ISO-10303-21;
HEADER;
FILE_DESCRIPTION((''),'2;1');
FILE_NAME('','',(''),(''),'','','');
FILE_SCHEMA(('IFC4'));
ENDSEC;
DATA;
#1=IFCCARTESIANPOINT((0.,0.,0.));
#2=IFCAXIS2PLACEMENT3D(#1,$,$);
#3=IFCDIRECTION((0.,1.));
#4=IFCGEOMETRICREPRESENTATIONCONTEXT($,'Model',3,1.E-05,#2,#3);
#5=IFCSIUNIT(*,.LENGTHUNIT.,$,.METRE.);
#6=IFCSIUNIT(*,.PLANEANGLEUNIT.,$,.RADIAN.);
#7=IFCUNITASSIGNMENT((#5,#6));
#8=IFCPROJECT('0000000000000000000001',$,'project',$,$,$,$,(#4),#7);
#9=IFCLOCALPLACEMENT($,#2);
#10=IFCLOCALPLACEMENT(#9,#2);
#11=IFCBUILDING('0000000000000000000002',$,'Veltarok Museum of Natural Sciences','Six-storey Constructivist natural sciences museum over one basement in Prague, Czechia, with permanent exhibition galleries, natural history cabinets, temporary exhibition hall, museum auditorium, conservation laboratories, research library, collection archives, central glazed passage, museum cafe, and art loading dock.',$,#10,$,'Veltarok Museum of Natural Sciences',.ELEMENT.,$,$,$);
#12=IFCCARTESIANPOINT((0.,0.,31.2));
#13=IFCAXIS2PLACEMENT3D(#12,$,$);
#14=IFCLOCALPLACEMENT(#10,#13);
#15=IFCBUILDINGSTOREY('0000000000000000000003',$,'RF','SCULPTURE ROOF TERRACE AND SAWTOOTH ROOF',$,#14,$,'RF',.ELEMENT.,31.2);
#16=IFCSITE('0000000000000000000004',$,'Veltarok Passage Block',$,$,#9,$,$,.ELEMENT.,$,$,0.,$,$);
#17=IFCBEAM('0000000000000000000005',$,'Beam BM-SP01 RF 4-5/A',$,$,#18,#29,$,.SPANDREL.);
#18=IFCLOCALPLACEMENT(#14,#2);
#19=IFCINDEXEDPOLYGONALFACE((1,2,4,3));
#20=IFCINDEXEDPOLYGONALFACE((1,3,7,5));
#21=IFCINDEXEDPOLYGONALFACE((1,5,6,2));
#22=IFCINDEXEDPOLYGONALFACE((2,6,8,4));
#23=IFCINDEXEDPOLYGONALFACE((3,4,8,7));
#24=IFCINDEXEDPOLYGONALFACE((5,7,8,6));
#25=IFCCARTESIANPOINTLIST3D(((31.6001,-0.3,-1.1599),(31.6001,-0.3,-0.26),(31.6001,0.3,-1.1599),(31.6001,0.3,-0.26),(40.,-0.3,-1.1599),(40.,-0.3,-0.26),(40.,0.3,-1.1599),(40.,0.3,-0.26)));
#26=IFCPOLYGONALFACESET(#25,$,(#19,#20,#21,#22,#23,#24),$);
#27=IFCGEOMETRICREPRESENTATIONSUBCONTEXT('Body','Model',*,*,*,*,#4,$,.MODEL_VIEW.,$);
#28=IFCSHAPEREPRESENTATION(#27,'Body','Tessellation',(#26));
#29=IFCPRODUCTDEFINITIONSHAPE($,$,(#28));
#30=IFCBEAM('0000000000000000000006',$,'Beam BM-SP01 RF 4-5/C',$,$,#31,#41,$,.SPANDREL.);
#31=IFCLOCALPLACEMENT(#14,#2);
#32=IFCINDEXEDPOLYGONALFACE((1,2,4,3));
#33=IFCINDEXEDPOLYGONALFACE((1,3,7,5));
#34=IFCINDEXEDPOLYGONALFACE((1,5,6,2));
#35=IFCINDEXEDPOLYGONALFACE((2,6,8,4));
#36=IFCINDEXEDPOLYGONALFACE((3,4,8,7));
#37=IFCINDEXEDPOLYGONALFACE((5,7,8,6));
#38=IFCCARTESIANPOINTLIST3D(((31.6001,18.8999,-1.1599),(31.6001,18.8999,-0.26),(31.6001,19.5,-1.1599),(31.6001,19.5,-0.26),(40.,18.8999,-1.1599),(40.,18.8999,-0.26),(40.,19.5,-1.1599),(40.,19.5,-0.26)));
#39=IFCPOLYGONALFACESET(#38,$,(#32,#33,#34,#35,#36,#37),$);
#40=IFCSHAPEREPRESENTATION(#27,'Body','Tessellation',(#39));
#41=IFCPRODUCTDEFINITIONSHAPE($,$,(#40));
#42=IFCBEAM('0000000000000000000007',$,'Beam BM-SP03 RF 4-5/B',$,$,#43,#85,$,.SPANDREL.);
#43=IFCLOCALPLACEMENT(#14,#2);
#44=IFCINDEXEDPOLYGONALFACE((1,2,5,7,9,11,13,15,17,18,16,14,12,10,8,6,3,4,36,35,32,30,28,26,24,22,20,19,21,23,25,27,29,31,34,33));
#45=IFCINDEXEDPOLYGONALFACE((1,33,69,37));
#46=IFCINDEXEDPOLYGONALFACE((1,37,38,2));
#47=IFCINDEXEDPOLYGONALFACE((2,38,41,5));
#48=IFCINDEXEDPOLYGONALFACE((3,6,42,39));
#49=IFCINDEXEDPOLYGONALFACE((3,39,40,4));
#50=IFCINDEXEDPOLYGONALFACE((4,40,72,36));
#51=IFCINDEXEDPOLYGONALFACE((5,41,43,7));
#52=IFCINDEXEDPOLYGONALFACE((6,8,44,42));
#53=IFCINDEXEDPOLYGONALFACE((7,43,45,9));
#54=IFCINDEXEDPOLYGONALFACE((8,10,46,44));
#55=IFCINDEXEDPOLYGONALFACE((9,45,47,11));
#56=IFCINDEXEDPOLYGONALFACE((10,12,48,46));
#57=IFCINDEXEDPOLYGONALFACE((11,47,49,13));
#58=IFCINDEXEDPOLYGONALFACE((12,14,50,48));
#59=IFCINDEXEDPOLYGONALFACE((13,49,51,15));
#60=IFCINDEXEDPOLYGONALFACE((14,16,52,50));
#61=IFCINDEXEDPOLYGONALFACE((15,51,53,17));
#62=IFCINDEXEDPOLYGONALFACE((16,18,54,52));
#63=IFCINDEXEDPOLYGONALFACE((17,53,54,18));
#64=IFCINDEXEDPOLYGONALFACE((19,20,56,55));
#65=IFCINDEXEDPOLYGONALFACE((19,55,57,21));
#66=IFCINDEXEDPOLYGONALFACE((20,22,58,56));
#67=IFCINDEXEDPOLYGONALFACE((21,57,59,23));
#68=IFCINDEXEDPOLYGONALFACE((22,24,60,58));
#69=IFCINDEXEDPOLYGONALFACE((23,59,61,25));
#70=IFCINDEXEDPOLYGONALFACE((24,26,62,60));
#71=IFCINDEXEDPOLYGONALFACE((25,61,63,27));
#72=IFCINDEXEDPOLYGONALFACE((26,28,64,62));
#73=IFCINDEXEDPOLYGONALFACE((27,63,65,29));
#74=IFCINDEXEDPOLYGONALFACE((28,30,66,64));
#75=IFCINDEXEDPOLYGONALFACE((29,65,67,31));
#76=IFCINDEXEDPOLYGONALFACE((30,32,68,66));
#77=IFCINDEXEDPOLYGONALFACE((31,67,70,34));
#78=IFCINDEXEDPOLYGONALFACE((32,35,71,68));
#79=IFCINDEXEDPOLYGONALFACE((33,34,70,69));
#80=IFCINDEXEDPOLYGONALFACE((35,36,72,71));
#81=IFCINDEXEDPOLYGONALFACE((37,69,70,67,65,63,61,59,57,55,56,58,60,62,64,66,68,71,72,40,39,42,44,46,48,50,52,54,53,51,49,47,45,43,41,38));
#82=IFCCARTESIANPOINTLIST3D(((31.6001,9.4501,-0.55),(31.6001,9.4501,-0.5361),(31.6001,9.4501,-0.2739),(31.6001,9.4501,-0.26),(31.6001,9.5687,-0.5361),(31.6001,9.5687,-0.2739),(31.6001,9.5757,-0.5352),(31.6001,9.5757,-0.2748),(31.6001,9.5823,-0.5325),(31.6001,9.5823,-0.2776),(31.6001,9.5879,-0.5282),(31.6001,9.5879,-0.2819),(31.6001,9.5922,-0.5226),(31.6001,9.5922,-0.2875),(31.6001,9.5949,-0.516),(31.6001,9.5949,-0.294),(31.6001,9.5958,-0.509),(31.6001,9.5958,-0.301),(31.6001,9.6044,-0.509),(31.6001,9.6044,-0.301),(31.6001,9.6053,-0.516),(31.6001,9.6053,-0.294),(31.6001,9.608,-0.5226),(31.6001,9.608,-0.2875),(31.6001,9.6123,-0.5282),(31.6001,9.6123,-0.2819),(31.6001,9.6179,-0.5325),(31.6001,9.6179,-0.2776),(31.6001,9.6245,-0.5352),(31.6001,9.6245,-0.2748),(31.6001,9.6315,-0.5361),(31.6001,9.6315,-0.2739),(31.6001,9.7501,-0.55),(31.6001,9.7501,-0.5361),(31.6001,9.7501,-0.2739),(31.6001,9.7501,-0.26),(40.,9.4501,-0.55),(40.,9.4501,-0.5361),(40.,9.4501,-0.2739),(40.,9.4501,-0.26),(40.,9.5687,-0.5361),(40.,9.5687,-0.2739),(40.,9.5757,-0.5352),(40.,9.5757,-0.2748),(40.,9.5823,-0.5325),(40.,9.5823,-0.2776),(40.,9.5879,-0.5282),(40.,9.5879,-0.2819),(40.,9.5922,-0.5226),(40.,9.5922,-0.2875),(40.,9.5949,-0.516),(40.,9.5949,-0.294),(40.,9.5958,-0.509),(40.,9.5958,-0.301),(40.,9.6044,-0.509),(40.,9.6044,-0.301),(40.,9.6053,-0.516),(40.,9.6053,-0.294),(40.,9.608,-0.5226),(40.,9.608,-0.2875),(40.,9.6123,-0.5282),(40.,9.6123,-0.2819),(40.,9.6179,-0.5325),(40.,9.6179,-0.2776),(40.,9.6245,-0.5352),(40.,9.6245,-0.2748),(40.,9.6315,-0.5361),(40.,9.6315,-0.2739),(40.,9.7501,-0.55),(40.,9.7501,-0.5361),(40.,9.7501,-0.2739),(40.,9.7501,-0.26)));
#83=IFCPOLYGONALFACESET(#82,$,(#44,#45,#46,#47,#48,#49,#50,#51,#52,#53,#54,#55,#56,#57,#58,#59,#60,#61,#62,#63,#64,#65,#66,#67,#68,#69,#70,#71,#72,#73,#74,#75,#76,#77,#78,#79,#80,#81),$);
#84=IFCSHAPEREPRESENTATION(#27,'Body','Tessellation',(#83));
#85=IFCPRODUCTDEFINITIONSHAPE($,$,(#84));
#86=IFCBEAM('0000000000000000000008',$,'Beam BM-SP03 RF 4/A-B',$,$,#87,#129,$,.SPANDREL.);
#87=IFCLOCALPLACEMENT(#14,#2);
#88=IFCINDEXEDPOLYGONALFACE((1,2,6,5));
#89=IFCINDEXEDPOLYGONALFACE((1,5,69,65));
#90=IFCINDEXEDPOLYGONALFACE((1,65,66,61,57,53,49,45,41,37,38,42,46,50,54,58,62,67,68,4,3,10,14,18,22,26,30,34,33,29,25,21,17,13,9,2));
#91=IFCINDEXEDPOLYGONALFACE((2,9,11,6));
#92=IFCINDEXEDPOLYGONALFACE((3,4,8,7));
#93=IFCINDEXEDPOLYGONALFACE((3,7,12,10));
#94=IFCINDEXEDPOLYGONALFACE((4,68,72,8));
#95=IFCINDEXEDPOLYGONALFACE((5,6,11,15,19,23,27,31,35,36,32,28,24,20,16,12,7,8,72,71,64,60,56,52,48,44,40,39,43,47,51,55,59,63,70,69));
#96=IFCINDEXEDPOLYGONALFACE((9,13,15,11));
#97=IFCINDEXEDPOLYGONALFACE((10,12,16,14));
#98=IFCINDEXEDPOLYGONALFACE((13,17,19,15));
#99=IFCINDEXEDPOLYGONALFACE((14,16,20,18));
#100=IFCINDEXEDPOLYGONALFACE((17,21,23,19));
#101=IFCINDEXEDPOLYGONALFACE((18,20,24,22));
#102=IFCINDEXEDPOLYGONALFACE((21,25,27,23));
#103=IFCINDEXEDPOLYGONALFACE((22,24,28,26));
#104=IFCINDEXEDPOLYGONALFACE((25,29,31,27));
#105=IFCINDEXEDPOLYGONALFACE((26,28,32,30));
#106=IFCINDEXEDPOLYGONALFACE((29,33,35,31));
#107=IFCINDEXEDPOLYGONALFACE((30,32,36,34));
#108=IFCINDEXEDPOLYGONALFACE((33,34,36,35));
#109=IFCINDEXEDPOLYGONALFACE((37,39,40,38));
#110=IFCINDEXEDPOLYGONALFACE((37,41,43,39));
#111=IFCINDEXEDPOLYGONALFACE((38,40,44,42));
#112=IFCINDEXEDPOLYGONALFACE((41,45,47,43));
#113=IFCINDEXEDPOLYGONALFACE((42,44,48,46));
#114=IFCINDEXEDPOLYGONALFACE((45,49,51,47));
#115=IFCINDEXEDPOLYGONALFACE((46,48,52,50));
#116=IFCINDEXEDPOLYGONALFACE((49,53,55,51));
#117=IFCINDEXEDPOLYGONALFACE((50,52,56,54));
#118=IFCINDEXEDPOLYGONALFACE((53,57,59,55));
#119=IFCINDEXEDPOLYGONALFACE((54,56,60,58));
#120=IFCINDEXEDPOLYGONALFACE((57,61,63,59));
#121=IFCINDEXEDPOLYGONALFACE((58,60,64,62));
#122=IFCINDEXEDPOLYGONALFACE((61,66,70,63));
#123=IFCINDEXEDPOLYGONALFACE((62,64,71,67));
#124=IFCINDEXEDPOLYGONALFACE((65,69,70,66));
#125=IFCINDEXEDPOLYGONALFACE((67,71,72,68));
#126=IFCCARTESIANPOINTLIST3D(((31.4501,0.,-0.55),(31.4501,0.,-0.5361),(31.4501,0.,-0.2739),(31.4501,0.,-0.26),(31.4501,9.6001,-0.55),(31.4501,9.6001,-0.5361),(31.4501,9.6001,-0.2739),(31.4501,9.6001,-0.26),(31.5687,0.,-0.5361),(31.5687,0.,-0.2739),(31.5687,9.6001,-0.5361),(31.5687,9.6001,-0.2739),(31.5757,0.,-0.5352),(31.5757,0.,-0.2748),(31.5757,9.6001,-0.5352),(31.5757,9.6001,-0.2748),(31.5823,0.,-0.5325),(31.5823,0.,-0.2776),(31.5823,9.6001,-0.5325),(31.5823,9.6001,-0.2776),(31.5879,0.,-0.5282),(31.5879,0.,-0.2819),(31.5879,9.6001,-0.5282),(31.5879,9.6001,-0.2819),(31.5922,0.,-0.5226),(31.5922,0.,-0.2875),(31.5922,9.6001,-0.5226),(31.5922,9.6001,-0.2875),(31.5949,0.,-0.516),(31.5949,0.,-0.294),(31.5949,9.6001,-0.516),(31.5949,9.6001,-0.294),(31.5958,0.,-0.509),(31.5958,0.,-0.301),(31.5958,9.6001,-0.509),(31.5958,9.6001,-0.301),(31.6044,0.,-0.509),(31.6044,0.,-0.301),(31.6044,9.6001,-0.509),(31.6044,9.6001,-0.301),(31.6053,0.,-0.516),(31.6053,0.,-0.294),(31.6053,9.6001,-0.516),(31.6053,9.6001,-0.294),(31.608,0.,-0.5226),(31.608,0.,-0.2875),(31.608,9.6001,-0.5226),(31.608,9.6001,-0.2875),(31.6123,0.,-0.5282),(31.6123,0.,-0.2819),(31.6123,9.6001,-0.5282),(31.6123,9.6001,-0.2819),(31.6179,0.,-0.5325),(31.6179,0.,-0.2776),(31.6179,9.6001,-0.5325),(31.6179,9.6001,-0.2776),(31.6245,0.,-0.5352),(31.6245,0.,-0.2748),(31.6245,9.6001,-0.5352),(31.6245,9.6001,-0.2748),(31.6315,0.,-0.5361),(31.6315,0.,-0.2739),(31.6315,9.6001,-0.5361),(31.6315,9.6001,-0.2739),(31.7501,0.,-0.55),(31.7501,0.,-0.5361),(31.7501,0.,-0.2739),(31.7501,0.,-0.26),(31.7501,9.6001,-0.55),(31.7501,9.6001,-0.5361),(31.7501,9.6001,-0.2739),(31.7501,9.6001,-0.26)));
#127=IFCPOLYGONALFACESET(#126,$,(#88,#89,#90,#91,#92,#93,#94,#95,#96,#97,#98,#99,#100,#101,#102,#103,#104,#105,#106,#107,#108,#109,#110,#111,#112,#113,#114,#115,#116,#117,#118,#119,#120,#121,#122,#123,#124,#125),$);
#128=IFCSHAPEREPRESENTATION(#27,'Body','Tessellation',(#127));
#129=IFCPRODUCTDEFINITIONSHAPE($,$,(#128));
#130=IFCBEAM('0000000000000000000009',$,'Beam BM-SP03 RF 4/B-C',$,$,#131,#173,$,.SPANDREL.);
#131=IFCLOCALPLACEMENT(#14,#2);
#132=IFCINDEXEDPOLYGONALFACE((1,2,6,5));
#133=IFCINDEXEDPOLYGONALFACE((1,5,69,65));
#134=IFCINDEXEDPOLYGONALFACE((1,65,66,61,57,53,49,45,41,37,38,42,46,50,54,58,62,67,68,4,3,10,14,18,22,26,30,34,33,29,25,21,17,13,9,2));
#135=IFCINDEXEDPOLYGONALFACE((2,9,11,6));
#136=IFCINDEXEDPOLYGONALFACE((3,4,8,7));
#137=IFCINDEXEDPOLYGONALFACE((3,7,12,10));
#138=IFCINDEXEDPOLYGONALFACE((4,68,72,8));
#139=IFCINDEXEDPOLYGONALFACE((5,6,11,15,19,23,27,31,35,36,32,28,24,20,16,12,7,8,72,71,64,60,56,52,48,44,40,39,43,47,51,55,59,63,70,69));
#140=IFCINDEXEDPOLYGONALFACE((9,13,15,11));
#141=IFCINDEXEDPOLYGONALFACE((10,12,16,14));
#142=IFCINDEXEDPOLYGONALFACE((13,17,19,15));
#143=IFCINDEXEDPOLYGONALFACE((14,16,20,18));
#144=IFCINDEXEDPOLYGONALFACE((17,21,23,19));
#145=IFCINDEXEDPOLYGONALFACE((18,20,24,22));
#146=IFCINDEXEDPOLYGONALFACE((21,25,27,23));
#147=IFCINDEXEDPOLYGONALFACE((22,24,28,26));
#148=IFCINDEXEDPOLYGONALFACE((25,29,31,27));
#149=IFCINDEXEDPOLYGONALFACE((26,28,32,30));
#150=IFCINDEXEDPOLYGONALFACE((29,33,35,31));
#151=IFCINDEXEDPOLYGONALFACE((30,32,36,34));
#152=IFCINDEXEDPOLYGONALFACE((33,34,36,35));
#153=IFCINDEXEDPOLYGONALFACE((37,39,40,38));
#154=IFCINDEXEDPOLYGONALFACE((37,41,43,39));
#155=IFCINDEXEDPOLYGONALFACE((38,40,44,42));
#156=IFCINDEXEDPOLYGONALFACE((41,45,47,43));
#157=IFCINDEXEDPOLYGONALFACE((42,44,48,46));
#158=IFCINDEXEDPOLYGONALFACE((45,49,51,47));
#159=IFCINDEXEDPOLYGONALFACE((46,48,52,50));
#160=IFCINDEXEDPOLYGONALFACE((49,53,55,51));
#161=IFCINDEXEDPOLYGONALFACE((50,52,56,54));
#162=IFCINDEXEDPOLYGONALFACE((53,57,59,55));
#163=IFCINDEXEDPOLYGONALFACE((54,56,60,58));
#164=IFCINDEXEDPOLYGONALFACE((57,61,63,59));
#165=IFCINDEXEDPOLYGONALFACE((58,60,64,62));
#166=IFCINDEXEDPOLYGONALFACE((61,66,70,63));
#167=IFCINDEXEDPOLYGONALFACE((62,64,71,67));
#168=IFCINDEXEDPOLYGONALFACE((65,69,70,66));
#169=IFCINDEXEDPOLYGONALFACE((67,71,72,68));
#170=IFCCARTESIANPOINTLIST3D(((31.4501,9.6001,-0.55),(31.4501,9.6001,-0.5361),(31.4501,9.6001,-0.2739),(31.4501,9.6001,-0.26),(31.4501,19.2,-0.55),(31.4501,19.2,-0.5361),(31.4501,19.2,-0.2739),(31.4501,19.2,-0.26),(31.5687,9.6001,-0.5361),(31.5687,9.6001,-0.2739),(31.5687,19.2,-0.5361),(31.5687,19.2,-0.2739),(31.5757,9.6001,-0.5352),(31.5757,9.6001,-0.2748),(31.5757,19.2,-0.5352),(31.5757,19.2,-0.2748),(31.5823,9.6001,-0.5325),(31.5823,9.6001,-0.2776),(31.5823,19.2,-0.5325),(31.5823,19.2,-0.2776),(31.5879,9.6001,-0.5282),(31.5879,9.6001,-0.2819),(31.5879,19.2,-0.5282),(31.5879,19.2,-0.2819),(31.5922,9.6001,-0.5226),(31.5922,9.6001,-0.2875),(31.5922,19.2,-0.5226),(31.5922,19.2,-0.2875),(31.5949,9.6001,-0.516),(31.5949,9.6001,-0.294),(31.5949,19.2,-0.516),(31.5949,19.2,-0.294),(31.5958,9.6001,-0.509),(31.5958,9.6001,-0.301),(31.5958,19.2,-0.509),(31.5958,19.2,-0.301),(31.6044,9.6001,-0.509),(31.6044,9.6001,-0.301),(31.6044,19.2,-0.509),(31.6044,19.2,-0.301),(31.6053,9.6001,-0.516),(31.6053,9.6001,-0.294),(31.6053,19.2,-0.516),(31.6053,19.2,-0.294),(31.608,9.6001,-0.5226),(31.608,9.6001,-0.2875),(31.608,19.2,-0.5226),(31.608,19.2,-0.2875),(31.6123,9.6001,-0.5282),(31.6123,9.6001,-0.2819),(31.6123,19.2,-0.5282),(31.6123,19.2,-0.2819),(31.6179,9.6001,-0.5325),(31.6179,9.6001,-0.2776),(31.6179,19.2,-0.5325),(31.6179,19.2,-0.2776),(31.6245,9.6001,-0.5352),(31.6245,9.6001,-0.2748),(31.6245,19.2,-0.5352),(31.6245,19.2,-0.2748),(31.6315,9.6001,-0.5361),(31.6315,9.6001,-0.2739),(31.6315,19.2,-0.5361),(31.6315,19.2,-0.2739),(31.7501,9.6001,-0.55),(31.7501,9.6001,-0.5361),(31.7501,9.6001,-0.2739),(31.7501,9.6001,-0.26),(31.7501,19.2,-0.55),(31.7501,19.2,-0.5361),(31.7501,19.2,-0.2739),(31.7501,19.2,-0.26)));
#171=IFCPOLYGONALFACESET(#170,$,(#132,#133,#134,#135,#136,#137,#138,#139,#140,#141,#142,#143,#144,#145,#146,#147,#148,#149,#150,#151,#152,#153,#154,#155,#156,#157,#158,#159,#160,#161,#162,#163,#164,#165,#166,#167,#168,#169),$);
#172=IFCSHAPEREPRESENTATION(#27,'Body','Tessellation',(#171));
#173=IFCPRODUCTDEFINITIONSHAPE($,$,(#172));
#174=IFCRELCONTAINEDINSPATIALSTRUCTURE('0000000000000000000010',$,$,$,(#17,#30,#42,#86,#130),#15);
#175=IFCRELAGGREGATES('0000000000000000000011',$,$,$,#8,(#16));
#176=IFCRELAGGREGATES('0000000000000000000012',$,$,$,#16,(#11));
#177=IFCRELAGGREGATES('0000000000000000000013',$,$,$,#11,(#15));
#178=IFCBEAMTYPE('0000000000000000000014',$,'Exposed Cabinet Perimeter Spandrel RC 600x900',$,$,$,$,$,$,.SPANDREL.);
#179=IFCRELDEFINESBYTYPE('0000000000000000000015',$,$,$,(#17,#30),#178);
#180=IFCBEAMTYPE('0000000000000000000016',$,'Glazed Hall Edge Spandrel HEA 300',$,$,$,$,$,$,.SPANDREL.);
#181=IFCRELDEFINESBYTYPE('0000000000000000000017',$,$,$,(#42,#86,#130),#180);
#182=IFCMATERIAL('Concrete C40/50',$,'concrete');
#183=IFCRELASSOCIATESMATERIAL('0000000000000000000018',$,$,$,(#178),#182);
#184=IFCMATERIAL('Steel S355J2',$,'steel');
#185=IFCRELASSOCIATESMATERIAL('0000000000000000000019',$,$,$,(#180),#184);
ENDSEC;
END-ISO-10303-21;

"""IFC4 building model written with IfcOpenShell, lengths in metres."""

from ifc_helpers import new_model, si_unit, direction, frame, origin, origin_2d, place, context, subcontext, project, spatial, rectangle, i_section, extrude, material, material_profile, profile_set, type_object, element, save


model = new_model("IFC4")

# Units and contexts
model_context = context("Model", 3, precision=1e-05, world=origin(), true_north=direction((0.0, 1.0)))
body_context = subcontext(model_context, "Body", "Model", "MODEL_VIEW")
ifc_project = project(units=[si_unit("LENGTHUNIT", "METRE"), si_unit("PLANEANGLEUNIT", "RADIAN")], contexts=[model_context])

# Site, building, storey
site_placement = place(None, origin())
site = spatial("IfcSite", under=ifc_project, at=site_placement, Name="Veltarok Passage Block", CompositionType="ELEMENT", RefElevation=0.0)
building_placement = place(site_placement, origin())
building = spatial("IfcBuilding", under=site, at=building_placement, Name="Veltarok Museum of Natural Sciences", Description="Six-storey Constructivist natural sciences museum over one basement in Prague, Czechia, with permanent exhibition galleries, natural history cabinets, temporary exhibition hall, museum auditorium, conservation laboratories, research library, collection archives, central glazed passage, museum cafe, and art loading dock.", LongName="Veltarok Museum of Natural Sciences", CompositionType="ELEMENT")
storey_placement = place(building_placement, frame((0.0, 0.0, 31.2)))
storey = spatial("IfcBuildingStorey", under=building, at=storey_placement, Name="RF", Description="SCULPTURE ROOF TERRACE AND SAWTOOTH ROOF", LongName="RF", CompositionType="ELEMENT", Elevation=31.2)

# Beams
ifc_material_1 = material(Name="Concrete C40/50", Category="concrete")
ifc_material_profile_1 = material_profile(ifc_material_1, rectangle(XDim=0.6001, YDim=0.8999, at=origin_2d()), Name="RC 600x900")
ifc_profile_set_1 = profile_set([ifc_material_profile_1], Name="Concrete C40/50")
beam_type_1 = type_object("IfcBeamType", Name="Exposed Cabinet Perimeter Spandrel RC 600x900", PredefinedType="SPANDREL", material=ifc_profile_set_1)
for number, where, z_axis, x_axis, name in (
    (1, (31.6001, 0.0, -0.71), (1.0, 0.0, 0.0), (0.0, 1.0, 0.0), "Beam BM-SP01 RF 4-5/A"),
    (2, (31.6001, 19.2, -0.71), (1.0, 0.0, 0.0), (0.0, 1.0, 0.0), "Beam BM-SP01 RF 4-5/C"),
):
    element("IfcBeam", number, at=place(storey_placement, frame(where, z_axis=z_axis, x_axis=x_axis)), inside=storey, type_object=beam_type_1, Name=name, PredefinedType="SPANDREL", context=body_context, shape_type="SweptSolid", body=[
        extrude(rectangle(XDim=0.6001, YDim=0.8999, at=origin_2d()), origin(), (0.0, 0.0, 1.0), 8.3999),
    ])
ifc_material_2 = material(Name="Steel S355J2", Category="steel")
ifc_material_profile_2 = material_profile(ifc_material_2, i_section(OverallWidth=0.3, OverallDepth=0.29, WebThickness=0.0085, FlangeThickness=0.0139, FilletRadius=0.0271, at=origin_2d()), Name="HEA 300")
ifc_profile_set_2 = profile_set([ifc_material_profile_2], Name="Steel S355J2")
beam_type_2 = type_object("IfcBeamType", Name="Glazed Hall Edge Spandrel HEA 300", PredefinedType="SPANDREL", material=ifc_profile_set_2)
beam_1_placement = place(storey_placement, frame((31.6001, 9.6001, -0.405), z_axis=(1.0, 0.0, 0.0), x_axis=(0.0, 1.0, 0.0)))
element("IfcBeam", 3, at=beam_1_placement, inside=storey, type_object=beam_type_2, Name="Beam BM-SP03 RF 4-5/B", PredefinedType="SPANDREL", context=body_context, shape_type="SweptSolid", body=[
    extrude(i_section(OverallWidth=0.3, OverallDepth=0.29, WebThickness=0.0085, FlangeThickness=0.0139, FilletRadius=0.0271, at=origin_2d()), origin(), (0.0, 0.0, 1.0), 8.3999),
])
beam_2_placement = place(storey_placement, frame((31.6001, 0.0, -0.405), z_axis=(0.0, 1.0, 0.0), x_axis=(-1.0, 0.0, 0.0)))
element("IfcBeam", 4, at=beam_2_placement, inside=storey, type_object=beam_type_2, Name="Beam BM-SP03 RF 4/A-B", PredefinedType="SPANDREL", context=body_context, shape_type="SweptSolid", body=[
    extrude(i_section(OverallWidth=0.3, OverallDepth=0.29, WebThickness=0.0085, FlangeThickness=0.0139, FilletRadius=0.0271, at=origin_2d()), origin(), (0.0, 0.0, 1.0), 9.6001),
])
beam_3_placement = place(storey_placement, frame((31.6001, 9.6001, -0.405), z_axis=(0.0, 1.0, 0.0), x_axis=(-1.0, 0.0, 0.0)))
element("IfcBeam", 5, at=beam_3_placement, inside=storey, type_object=beam_type_2, Name="Beam BM-SP03 RF 4/B-C", PredefinedType="SPANDREL", context=body_context, shape_type="SweptSolid", body=[
    extrude(i_section(OverallWidth=0.3, OverallDepth=0.29, WebThickness=0.0085, FlangeThickness=0.0139, FilletRadius=0.0271, at=origin_2d()), origin(), (0.0, 0.0, 1.0), 9.5999),
])

save(model, "model.ifc")
